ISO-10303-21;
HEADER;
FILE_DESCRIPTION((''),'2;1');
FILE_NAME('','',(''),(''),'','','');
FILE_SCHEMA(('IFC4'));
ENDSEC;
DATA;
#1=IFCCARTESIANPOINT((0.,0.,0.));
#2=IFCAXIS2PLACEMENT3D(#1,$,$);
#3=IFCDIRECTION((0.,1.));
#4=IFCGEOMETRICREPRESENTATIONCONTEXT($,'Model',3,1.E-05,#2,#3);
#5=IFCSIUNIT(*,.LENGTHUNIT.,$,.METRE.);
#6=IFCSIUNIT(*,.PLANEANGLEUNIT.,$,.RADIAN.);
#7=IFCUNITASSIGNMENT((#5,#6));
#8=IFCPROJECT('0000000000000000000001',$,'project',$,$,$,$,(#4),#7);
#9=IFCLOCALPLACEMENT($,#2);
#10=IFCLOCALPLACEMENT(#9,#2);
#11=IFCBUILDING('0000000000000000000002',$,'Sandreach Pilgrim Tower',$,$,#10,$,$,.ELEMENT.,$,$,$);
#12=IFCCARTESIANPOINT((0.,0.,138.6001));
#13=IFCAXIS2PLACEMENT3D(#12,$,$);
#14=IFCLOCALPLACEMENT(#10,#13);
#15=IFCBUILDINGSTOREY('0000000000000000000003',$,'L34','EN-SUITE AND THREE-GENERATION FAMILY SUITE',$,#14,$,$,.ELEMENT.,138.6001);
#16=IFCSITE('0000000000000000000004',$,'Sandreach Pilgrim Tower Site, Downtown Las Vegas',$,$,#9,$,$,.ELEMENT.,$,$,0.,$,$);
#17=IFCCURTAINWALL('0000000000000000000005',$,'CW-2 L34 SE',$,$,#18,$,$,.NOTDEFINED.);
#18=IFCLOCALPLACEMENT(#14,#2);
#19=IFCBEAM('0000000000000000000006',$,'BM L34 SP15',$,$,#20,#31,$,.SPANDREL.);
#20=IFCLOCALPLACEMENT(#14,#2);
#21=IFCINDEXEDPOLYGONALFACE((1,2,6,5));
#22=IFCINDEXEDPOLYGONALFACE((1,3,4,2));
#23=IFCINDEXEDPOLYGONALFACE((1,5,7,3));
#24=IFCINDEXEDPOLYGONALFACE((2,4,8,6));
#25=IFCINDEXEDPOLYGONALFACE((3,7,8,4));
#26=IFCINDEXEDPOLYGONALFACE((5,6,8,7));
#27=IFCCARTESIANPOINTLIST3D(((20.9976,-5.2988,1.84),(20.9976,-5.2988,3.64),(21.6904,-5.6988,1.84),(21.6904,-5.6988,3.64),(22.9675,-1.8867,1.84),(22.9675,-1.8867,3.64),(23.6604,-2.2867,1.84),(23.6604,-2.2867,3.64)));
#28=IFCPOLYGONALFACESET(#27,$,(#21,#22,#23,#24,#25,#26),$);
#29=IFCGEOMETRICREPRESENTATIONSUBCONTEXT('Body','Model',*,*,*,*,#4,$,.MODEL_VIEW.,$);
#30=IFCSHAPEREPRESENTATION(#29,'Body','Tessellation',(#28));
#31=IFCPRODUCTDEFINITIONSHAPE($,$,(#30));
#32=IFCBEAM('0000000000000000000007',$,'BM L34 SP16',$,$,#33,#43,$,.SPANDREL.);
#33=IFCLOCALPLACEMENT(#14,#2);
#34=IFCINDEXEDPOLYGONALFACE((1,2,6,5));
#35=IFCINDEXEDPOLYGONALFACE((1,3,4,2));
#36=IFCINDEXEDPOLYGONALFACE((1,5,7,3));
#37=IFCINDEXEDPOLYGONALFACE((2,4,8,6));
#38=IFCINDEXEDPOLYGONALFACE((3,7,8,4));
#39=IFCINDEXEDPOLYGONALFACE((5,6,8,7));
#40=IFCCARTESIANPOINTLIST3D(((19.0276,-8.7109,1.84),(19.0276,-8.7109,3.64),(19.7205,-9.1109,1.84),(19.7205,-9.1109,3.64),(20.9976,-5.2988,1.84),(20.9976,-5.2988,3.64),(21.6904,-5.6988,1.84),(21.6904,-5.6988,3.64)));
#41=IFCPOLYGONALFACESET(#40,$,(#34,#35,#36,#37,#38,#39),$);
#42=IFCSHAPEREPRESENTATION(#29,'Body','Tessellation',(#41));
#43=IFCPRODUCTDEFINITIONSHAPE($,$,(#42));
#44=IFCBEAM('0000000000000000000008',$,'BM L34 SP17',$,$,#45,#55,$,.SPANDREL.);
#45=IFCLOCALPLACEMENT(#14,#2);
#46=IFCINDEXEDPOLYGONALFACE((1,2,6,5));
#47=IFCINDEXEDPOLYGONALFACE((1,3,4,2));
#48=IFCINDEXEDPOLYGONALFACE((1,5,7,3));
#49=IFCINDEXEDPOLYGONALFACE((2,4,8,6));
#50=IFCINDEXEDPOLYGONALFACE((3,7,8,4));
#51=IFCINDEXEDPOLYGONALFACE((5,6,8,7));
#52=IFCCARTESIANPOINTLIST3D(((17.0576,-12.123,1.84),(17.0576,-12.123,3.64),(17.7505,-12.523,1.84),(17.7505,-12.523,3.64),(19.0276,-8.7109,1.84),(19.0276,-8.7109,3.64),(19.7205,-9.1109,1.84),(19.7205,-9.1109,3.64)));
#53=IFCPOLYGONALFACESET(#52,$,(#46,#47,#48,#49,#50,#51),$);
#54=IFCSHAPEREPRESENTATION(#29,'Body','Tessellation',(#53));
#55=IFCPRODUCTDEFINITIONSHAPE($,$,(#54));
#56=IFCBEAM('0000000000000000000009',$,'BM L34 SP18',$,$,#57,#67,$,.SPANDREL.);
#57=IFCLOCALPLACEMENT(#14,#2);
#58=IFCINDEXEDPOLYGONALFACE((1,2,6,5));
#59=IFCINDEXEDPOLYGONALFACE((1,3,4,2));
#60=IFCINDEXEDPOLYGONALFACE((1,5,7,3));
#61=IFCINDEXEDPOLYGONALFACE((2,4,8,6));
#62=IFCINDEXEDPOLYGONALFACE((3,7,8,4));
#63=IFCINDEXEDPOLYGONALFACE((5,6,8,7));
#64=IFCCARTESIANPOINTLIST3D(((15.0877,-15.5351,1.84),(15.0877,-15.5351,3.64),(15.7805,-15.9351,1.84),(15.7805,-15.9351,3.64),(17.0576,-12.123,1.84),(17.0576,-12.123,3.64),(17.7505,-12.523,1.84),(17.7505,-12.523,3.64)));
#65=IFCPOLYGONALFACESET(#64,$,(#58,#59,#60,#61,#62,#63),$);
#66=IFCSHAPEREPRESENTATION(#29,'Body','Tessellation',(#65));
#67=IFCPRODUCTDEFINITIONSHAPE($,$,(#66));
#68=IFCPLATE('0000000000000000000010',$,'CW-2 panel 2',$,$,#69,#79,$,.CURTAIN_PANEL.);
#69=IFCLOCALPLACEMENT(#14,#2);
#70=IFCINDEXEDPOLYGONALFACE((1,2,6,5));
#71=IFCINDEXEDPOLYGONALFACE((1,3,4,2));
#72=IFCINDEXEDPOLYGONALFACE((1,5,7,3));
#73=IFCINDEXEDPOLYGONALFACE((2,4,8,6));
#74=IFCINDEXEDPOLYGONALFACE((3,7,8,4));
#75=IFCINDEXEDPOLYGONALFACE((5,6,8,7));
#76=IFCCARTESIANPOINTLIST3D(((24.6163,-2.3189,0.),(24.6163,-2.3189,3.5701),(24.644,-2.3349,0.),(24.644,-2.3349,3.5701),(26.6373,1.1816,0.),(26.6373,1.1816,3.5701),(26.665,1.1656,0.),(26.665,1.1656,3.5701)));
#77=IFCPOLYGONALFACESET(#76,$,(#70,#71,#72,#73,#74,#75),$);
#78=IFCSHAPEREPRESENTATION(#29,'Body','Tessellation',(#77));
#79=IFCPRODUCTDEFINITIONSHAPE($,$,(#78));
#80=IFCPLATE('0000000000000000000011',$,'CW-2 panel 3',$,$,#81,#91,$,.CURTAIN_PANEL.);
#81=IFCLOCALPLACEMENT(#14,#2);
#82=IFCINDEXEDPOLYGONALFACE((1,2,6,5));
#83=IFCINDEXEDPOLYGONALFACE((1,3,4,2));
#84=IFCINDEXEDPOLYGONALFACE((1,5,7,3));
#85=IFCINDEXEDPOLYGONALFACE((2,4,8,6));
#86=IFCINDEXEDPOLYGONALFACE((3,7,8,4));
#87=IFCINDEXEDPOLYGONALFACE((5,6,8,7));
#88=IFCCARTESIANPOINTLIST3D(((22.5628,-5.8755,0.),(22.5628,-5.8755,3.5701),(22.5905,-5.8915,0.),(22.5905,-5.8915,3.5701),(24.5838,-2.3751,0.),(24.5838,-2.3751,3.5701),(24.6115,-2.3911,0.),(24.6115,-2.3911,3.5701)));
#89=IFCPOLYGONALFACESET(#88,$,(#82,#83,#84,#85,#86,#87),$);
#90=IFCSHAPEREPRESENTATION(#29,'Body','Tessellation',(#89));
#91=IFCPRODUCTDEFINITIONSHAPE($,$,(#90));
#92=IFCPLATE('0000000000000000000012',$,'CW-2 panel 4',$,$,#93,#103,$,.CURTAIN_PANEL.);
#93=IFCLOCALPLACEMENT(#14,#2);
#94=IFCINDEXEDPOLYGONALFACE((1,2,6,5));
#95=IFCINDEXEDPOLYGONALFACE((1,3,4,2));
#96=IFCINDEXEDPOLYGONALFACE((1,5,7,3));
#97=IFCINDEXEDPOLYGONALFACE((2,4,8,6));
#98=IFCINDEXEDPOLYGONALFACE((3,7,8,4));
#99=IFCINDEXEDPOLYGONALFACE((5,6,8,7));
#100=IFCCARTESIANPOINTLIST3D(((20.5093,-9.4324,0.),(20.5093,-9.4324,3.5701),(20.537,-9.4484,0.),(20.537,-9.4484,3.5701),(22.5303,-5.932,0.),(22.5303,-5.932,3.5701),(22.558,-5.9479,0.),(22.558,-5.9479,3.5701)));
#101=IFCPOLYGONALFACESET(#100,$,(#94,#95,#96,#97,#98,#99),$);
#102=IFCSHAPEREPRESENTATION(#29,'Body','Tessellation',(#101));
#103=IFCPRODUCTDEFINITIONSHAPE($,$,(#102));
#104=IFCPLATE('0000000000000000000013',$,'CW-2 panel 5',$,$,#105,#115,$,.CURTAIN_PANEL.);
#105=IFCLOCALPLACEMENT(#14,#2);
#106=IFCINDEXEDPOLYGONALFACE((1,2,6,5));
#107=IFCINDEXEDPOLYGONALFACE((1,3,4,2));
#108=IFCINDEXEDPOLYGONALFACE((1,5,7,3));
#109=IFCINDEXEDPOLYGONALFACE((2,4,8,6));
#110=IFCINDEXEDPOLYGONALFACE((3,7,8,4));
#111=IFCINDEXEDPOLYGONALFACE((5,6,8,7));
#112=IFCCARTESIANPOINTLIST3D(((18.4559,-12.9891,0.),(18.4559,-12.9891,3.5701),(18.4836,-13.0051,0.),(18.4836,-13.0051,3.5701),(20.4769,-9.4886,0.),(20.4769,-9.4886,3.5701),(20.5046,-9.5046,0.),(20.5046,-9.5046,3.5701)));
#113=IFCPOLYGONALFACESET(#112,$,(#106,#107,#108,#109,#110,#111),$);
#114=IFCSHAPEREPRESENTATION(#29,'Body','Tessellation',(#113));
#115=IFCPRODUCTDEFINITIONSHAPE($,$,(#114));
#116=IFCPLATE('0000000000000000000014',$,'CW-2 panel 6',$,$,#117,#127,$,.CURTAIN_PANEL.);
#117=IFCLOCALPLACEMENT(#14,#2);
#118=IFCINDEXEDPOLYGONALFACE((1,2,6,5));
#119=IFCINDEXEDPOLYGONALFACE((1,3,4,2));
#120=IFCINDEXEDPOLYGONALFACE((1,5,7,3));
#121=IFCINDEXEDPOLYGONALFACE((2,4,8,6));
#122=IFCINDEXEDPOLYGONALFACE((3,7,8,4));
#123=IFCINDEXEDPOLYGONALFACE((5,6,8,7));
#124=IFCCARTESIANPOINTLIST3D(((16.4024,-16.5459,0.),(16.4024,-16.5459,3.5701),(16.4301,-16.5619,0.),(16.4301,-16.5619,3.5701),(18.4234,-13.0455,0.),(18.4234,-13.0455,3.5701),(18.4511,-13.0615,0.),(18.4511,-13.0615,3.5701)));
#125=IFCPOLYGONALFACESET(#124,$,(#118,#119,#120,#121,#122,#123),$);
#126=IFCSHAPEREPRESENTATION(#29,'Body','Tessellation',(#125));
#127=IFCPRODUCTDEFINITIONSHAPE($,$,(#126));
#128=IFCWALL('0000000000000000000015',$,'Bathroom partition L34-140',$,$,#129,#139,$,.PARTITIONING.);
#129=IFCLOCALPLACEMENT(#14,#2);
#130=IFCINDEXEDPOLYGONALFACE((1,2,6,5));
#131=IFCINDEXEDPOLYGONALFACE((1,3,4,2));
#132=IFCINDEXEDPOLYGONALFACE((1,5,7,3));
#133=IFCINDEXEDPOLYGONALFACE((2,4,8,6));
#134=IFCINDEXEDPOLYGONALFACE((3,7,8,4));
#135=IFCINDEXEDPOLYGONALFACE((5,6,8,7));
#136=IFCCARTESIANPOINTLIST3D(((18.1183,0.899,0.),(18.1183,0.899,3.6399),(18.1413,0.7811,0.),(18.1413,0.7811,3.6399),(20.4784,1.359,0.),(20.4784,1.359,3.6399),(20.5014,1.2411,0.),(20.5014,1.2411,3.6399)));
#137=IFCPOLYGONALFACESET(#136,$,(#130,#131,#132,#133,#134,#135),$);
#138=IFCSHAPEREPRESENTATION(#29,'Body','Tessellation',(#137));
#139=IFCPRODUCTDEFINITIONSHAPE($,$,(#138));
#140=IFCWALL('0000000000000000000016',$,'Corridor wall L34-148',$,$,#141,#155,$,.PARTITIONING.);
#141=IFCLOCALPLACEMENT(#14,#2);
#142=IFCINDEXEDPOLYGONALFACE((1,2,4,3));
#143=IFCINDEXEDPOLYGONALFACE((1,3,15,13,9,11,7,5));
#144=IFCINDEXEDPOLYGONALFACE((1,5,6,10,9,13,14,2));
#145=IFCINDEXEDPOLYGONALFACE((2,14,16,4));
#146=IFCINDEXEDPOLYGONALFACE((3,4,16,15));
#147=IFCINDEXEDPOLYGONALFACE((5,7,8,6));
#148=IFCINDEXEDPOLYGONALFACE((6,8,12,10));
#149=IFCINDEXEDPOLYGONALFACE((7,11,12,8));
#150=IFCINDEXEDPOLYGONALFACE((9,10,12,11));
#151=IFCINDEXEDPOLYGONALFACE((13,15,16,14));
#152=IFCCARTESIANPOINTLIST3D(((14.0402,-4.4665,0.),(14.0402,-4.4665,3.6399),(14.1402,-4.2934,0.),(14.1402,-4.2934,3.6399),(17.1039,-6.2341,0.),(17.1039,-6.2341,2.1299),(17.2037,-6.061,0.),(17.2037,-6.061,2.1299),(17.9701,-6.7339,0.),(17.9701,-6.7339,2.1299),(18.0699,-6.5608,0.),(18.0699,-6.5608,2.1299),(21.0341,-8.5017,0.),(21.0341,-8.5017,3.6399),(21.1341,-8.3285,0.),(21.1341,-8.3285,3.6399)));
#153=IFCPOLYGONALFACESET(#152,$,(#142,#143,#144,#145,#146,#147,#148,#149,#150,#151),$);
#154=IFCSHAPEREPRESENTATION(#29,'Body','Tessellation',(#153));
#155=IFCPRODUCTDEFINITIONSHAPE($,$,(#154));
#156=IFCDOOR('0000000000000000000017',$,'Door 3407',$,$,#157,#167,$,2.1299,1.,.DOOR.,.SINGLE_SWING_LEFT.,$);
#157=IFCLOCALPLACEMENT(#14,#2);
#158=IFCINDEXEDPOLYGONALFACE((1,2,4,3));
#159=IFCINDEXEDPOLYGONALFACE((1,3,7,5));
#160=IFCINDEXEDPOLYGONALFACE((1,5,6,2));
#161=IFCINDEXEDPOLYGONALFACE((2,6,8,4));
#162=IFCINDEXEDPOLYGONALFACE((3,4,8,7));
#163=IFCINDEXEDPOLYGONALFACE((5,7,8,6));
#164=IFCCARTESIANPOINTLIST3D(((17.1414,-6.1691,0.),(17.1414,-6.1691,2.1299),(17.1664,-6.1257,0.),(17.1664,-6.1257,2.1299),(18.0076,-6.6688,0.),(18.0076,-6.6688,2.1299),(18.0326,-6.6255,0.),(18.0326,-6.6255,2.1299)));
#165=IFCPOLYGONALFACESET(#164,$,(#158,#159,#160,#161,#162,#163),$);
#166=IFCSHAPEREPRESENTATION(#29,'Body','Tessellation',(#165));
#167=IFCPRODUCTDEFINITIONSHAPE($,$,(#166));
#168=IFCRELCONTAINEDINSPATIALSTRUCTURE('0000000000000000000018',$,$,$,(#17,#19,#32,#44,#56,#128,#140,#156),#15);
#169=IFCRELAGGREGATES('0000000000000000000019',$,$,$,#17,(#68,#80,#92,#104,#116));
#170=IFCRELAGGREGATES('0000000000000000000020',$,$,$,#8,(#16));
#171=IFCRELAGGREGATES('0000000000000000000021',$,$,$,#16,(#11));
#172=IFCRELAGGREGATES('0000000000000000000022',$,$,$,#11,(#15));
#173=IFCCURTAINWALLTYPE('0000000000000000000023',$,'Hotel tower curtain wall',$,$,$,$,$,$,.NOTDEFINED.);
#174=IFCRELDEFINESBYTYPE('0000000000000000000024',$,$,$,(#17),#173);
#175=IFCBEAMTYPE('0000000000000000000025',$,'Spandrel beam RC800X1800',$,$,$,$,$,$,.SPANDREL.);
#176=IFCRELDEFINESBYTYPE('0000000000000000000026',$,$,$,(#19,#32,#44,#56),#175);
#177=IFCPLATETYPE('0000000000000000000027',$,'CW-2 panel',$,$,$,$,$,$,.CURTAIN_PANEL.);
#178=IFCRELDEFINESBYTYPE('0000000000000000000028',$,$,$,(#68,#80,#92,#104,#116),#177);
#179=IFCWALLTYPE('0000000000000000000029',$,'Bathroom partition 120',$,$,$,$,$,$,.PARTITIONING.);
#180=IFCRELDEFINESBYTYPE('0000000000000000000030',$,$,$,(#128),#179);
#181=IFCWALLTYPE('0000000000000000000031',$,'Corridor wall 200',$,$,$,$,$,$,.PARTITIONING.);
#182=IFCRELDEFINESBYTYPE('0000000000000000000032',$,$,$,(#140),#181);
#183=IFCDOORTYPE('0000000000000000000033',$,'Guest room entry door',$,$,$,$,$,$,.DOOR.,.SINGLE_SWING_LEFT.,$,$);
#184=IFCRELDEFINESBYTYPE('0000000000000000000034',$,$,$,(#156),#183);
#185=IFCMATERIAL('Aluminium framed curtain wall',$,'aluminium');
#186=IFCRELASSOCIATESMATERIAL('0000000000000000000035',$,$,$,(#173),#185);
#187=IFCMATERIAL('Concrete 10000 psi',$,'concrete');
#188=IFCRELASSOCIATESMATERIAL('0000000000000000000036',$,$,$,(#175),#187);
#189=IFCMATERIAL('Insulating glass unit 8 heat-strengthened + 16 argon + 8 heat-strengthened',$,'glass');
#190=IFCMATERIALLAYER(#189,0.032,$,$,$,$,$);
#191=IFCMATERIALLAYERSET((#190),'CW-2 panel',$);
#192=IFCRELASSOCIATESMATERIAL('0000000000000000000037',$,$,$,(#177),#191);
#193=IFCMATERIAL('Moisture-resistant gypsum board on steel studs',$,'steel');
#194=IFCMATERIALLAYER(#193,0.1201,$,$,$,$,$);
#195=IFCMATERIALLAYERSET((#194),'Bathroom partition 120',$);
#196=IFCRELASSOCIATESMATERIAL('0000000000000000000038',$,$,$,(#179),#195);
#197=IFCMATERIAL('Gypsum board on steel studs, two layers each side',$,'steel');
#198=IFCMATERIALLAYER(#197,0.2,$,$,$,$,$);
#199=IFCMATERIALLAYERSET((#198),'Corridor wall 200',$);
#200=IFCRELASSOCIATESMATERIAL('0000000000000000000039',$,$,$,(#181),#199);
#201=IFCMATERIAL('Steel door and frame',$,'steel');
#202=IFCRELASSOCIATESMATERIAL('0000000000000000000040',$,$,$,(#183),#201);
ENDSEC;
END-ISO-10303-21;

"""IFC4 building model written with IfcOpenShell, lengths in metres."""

from ifc_helpers import new_model, si_unit, direction, frame, frame_2d, origin, origin_2d, place, context, subcontext, project, spatial, rectangle, extrude, material, layer, layer_set, material_profile, profile_set, type_object, element, fill, aggregate, save


model = new_model("IFC4")

# Units and contexts
model_context = context("Model", 3, precision=1e-05, world=origin(), true_north=direction((0.0, 1.0)))
body_context = subcontext(model_context, "Body", "Model", "MODEL_VIEW")
ifc_project = project(units=[si_unit("LENGTHUNIT", "METRE"), si_unit("PLANEANGLEUNIT", "RADIAN")], contexts=[model_context])

# Site, building, storey
site_placement = place(None, origin())
site = spatial("IfcSite", under=ifc_project, at=site_placement, Name="Sandreach Pilgrim Tower Site, Downtown Las Vegas", CompositionType="ELEMENT", RefElevation=0.0)
building_placement = place(site_placement, origin())
building = spatial("IfcBuilding", under=site, at=building_placement, Name="Sandreach Pilgrim Tower", CompositionType="ELEMENT")
storey_placement = place(building_placement, frame((0.0, 0.0, 138.6001)))
storey = spatial("IfcBuildingStorey", under=building, at=storey_placement, Name="L34", Description="EN-SUITE AND THREE-GENERATION FAMILY SUITE", CompositionType="ELEMENT", Elevation=138.6001)

# Curtain wall
ifc_material_1 = material(Name="Aluminium framed curtain wall", Category="aluminium")
curtain_wall_type = type_object("IfcCurtainWallType", Name="Hotel tower curtain wall", PredefinedType="NOTDEFINED", material=ifc_material_1)
curtain_wall_placement = place(storey_placement, origin())
curtain_wall = element("IfcCurtainWall", 1, at=curtain_wall_placement, inside=storey, type_object=curtain_wall_type, Name="CW-2 L34 SE", PredefinedType="NOTDEFINED")

# Beams
ifc_material_2 = material(Name="Concrete 10000 psi", Category="concrete")
ifc_material_profile_1 = material_profile(ifc_material_2, rectangle(XDim=0.8, YDim=1.8, at=origin_2d()), Name="RC800X1800")
ifc_profile_set_1 = profile_set([ifc_material_profile_1], Name="Concrete 10000 psi")
beam_type_1 = type_object("IfcBeamType", Name="Spandrel beam RC800X1800", PredefinedType="SPANDREL", material=ifc_profile_set_1)
for number, where, z_axis, x_axis, name in (
    (2, (23.314, -2.0867, 2.74), (-0.499998, -0.866027, 0.0), (0.866027, -0.499998, 0.0), "BM L34 SP15"),
    (3, (21.344, -5.4988, 2.74), (-0.499998, -0.866027, 0.0), (0.866027, -0.499998, 0.0), "BM L34 SP16"),
    (4, (19.374, -8.9109, 2.74), (-0.499998, -0.866027, 0.0), (0.866027, -0.499998, 0.0), "BM L34 SP17"),
    (5, (17.4041, -12.323, 2.74), (-0.499998, -0.866027, 0.0), (0.866027, -0.499998, 0.0), "BM L34 SP18"),
):
    element("IfcBeam", number, at=place(storey_placement, frame(where, z_axis=z_axis, x_axis=x_axis)), inside=storey, type_object=beam_type_1, Name=name, PredefinedType="SPANDREL", context=body_context, shape_type="SweptSolid", body=[
        extrude(rectangle(XDim=0.8, YDim=1.8, at=origin_2d()), origin(), (0.0, 0.0, 1.0), 3.9399),
    ])

# Plates
ifc_material_3 = material(Name="Insulating glass unit 8 heat-strengthened + 16 argon + 8 heat-strengthened", Category="glass")
ifc_layer_1 = layer(ifc_material_3, 0.032)
ifc_layer_set_1 = layer_set([ifc_layer_1], Name="CW-2 panel")
plate_type = type_object("IfcPlateType", Name="CW-2 panel", PredefinedType="CURTAIN_PANEL", material=ifc_layer_set_1)
plate_1_placement = place(storey_placement, frame((25.6406, -0.5767, 0.0), z_axis=(0.0, 0.0, 1.0), x_axis=(-0.5, -0.866025, 0.0)))
plate_1 = element("IfcPlate", 6, at=plate_1_placement, type_object=plate_type, Name="CW-2 panel 2", PredefinedType="CURTAIN_PANEL", context=body_context, shape_type="SweptSolid", body=[
    extrude(rectangle(XDim=4.042, YDim=0.032, at=origin_2d()), origin(), (0.0, 0.0, 1.0), 3.5701),
])
plate_2_placement = place(storey_placement, frame((23.5872, -4.1333, 0.0), z_axis=(0.0, 0.0, 1.0), x_axis=(-0.5, -0.866025, 0.0)))
plate_2 = element("IfcPlate", 7, at=plate_2_placement, type_object=plate_type, Name="CW-2 panel 3", PredefinedType="CURTAIN_PANEL", context=body_context, shape_type="SweptSolid", body=[
    extrude(rectangle(XDim=4.042, YDim=0.032, at=origin_2d()), origin(), (0.0, 0.0, 1.0), 3.5701),
])
plate_3_placement = place(storey_placement, frame((21.5337, -7.6902, 0.0), z_axis=(0.0, 0.0, 1.0), x_axis=(-0.5, -0.866025, 0.0)))
plate_3 = element("IfcPlate", 8, at=plate_3_placement, type_object=plate_type, Name="CW-2 panel 4", PredefinedType="CURTAIN_PANEL", context=body_context, shape_type="SweptSolid", body=[
    extrude(rectangle(XDim=4.042, YDim=0.032, at=origin_2d()), origin(), (0.0, 0.0, 1.0), 3.5701),
])
plate_4_placement = place(storey_placement, frame((19.4802, -11.2468, 0.0), z_axis=(0.0, 0.0, 1.0), x_axis=(-0.5, -0.866025, 0.0)))
plate_4 = element("IfcPlate", 9, at=plate_4_placement, type_object=plate_type, Name="CW-2 panel 5", PredefinedType="CURTAIN_PANEL", context=body_context, shape_type="SweptSolid", body=[
    extrude(rectangle(XDim=4.042, YDim=0.032, at=origin_2d()), origin(), (0.0, 0.0, 1.0), 3.5701),
])
plate_5_placement = place(storey_placement, frame((17.4268, -14.8037, 0.0), z_axis=(0.0, 0.0, 1.0), x_axis=(-0.5, -0.866025, 0.0)))
plate_5 = element("IfcPlate", 10, at=plate_5_placement, type_object=plate_type, Name="CW-2 panel 6", PredefinedType="CURTAIN_PANEL", context=body_context, shape_type="SweptSolid", body=[
    extrude(rectangle(XDim=4.042, YDim=0.032, at=origin_2d()), origin(), (0.0, 0.0, 1.0), 3.5701),
])
aggregate(curtain_wall, [plate_1, plate_2, plate_3, plate_4, plate_5])

# Wall
ifc_material_4 = material(Name="Moisture-resistant gypsum board on steel studs", Category="steel")
ifc_layer_2 = layer(ifc_material_4, 0.1201)
ifc_layer_set_2 = layer_set([ifc_layer_2], Name="Bathroom partition 120")
wall_type_1 = type_object("IfcWallType", Name="Bathroom partition 120", PredefinedType="PARTITIONING", material=ifc_layer_set_2)
wall_1_placement = place(storey_placement, frame((18.1299, 0.8401, 0.0), z_axis=(0.0, 0.0, 1.0), x_axis=(0.981533, 0.191291, 0.0)))
element("IfcWall", 11, at=wall_1_placement, inside=storey, type_object=wall_type_1, Name="Bathroom partition L34-140", PredefinedType="PARTITIONING", context=body_context, shape_type="SweptSolid", body=[
    extrude(rectangle(XDim=2.4045, YDim=0.1201, at=frame_2d((1.2021, 0.0))), origin(), (0.0, 0.0, 1.0), 3.6399),
])

# Wall, opening, door
ifc_material_5 = material(Name="Gypsum board on steel studs, two layers each side", Category="steel")
ifc_layer_3 = layer(ifc_material_5, 0.2)
ifc_layer_set_3 = layer_set([ifc_layer_3], Name="Corridor wall 200")
wall_type_2 = type_object("IfcWallType", Name="Corridor wall 200", PredefinedType="PARTITIONING", material=ifc_layer_set_3)
wall_2_placement = place(storey_placement, frame((21.084, -8.415, 0.0), z_axis=(0.0, 0.0, 1.0), x_axis=(-0.866174, 0.499743, 0.0)))
wall_2 = element("IfcWall", 12, at=wall_2_placement, inside=storey, type_object=wall_type_2, Name="Corridor wall L34-148", PredefinedType="PARTITIONING", context=body_context, shape_type="SweptSolid", body=[
    extrude(rectangle(XDim=8.0745, YDim=0.2, at=frame_2d((4.0371, 0.0))), origin(), (0.0, 0.0, 1.0), 3.6399),
])
opening_placement = place(wall_2_placement, frame((3.5374, 0.0, 0.0)))
opening = element("IfcOpeningElement", 13, at=opening_placement, cuts=wall_2, PredefinedType="OPENING", context=body_context, shape_type="SweptSolid", body=[
    extrude(rectangle(XDim=1.0, YDim=2.1299, at=frame_2d((0.5, 1.0649))), frame((0.0, 0.1001, 0.0), z_axis=(0.0, -1.0, 0.0), x_axis=(1.0, 0.0, 0.0)), (0.0, 0.0, 1.0), 0.2),
])
ifc_material_6 = material(Name="Steel door and frame", Category="steel")
door_type = type_object("IfcDoorType", Name="Guest room entry door", OperationType="SINGLE_SWING_LEFT", PredefinedType="DOOR", material=ifc_material_6)
door_placement = place(opening_placement, origin())
door = element("IfcDoor", 14, at=door_placement, inside=storey, type_object=door_type, Name="Door 3407", OperationType="SINGLE_SWING_LEFT", OverallHeight=2.1299, OverallWidth=1.0, PredefinedType="DOOR", context=body_context, shape_type="SweptSolid", body=[
    extrude(rectangle(XDim=1.0, YDim=2.1299, at=frame_2d((0.5, 1.0649))), frame((0.0, 0.0249, 0.0), z_axis=(0.0, -1.0, 0.0), x_axis=(1.0, 0.0, 0.0)), (0.0, 0.0, 1.0), 0.05),
])
fill(opening, door)

save(model, "model.ifc")
